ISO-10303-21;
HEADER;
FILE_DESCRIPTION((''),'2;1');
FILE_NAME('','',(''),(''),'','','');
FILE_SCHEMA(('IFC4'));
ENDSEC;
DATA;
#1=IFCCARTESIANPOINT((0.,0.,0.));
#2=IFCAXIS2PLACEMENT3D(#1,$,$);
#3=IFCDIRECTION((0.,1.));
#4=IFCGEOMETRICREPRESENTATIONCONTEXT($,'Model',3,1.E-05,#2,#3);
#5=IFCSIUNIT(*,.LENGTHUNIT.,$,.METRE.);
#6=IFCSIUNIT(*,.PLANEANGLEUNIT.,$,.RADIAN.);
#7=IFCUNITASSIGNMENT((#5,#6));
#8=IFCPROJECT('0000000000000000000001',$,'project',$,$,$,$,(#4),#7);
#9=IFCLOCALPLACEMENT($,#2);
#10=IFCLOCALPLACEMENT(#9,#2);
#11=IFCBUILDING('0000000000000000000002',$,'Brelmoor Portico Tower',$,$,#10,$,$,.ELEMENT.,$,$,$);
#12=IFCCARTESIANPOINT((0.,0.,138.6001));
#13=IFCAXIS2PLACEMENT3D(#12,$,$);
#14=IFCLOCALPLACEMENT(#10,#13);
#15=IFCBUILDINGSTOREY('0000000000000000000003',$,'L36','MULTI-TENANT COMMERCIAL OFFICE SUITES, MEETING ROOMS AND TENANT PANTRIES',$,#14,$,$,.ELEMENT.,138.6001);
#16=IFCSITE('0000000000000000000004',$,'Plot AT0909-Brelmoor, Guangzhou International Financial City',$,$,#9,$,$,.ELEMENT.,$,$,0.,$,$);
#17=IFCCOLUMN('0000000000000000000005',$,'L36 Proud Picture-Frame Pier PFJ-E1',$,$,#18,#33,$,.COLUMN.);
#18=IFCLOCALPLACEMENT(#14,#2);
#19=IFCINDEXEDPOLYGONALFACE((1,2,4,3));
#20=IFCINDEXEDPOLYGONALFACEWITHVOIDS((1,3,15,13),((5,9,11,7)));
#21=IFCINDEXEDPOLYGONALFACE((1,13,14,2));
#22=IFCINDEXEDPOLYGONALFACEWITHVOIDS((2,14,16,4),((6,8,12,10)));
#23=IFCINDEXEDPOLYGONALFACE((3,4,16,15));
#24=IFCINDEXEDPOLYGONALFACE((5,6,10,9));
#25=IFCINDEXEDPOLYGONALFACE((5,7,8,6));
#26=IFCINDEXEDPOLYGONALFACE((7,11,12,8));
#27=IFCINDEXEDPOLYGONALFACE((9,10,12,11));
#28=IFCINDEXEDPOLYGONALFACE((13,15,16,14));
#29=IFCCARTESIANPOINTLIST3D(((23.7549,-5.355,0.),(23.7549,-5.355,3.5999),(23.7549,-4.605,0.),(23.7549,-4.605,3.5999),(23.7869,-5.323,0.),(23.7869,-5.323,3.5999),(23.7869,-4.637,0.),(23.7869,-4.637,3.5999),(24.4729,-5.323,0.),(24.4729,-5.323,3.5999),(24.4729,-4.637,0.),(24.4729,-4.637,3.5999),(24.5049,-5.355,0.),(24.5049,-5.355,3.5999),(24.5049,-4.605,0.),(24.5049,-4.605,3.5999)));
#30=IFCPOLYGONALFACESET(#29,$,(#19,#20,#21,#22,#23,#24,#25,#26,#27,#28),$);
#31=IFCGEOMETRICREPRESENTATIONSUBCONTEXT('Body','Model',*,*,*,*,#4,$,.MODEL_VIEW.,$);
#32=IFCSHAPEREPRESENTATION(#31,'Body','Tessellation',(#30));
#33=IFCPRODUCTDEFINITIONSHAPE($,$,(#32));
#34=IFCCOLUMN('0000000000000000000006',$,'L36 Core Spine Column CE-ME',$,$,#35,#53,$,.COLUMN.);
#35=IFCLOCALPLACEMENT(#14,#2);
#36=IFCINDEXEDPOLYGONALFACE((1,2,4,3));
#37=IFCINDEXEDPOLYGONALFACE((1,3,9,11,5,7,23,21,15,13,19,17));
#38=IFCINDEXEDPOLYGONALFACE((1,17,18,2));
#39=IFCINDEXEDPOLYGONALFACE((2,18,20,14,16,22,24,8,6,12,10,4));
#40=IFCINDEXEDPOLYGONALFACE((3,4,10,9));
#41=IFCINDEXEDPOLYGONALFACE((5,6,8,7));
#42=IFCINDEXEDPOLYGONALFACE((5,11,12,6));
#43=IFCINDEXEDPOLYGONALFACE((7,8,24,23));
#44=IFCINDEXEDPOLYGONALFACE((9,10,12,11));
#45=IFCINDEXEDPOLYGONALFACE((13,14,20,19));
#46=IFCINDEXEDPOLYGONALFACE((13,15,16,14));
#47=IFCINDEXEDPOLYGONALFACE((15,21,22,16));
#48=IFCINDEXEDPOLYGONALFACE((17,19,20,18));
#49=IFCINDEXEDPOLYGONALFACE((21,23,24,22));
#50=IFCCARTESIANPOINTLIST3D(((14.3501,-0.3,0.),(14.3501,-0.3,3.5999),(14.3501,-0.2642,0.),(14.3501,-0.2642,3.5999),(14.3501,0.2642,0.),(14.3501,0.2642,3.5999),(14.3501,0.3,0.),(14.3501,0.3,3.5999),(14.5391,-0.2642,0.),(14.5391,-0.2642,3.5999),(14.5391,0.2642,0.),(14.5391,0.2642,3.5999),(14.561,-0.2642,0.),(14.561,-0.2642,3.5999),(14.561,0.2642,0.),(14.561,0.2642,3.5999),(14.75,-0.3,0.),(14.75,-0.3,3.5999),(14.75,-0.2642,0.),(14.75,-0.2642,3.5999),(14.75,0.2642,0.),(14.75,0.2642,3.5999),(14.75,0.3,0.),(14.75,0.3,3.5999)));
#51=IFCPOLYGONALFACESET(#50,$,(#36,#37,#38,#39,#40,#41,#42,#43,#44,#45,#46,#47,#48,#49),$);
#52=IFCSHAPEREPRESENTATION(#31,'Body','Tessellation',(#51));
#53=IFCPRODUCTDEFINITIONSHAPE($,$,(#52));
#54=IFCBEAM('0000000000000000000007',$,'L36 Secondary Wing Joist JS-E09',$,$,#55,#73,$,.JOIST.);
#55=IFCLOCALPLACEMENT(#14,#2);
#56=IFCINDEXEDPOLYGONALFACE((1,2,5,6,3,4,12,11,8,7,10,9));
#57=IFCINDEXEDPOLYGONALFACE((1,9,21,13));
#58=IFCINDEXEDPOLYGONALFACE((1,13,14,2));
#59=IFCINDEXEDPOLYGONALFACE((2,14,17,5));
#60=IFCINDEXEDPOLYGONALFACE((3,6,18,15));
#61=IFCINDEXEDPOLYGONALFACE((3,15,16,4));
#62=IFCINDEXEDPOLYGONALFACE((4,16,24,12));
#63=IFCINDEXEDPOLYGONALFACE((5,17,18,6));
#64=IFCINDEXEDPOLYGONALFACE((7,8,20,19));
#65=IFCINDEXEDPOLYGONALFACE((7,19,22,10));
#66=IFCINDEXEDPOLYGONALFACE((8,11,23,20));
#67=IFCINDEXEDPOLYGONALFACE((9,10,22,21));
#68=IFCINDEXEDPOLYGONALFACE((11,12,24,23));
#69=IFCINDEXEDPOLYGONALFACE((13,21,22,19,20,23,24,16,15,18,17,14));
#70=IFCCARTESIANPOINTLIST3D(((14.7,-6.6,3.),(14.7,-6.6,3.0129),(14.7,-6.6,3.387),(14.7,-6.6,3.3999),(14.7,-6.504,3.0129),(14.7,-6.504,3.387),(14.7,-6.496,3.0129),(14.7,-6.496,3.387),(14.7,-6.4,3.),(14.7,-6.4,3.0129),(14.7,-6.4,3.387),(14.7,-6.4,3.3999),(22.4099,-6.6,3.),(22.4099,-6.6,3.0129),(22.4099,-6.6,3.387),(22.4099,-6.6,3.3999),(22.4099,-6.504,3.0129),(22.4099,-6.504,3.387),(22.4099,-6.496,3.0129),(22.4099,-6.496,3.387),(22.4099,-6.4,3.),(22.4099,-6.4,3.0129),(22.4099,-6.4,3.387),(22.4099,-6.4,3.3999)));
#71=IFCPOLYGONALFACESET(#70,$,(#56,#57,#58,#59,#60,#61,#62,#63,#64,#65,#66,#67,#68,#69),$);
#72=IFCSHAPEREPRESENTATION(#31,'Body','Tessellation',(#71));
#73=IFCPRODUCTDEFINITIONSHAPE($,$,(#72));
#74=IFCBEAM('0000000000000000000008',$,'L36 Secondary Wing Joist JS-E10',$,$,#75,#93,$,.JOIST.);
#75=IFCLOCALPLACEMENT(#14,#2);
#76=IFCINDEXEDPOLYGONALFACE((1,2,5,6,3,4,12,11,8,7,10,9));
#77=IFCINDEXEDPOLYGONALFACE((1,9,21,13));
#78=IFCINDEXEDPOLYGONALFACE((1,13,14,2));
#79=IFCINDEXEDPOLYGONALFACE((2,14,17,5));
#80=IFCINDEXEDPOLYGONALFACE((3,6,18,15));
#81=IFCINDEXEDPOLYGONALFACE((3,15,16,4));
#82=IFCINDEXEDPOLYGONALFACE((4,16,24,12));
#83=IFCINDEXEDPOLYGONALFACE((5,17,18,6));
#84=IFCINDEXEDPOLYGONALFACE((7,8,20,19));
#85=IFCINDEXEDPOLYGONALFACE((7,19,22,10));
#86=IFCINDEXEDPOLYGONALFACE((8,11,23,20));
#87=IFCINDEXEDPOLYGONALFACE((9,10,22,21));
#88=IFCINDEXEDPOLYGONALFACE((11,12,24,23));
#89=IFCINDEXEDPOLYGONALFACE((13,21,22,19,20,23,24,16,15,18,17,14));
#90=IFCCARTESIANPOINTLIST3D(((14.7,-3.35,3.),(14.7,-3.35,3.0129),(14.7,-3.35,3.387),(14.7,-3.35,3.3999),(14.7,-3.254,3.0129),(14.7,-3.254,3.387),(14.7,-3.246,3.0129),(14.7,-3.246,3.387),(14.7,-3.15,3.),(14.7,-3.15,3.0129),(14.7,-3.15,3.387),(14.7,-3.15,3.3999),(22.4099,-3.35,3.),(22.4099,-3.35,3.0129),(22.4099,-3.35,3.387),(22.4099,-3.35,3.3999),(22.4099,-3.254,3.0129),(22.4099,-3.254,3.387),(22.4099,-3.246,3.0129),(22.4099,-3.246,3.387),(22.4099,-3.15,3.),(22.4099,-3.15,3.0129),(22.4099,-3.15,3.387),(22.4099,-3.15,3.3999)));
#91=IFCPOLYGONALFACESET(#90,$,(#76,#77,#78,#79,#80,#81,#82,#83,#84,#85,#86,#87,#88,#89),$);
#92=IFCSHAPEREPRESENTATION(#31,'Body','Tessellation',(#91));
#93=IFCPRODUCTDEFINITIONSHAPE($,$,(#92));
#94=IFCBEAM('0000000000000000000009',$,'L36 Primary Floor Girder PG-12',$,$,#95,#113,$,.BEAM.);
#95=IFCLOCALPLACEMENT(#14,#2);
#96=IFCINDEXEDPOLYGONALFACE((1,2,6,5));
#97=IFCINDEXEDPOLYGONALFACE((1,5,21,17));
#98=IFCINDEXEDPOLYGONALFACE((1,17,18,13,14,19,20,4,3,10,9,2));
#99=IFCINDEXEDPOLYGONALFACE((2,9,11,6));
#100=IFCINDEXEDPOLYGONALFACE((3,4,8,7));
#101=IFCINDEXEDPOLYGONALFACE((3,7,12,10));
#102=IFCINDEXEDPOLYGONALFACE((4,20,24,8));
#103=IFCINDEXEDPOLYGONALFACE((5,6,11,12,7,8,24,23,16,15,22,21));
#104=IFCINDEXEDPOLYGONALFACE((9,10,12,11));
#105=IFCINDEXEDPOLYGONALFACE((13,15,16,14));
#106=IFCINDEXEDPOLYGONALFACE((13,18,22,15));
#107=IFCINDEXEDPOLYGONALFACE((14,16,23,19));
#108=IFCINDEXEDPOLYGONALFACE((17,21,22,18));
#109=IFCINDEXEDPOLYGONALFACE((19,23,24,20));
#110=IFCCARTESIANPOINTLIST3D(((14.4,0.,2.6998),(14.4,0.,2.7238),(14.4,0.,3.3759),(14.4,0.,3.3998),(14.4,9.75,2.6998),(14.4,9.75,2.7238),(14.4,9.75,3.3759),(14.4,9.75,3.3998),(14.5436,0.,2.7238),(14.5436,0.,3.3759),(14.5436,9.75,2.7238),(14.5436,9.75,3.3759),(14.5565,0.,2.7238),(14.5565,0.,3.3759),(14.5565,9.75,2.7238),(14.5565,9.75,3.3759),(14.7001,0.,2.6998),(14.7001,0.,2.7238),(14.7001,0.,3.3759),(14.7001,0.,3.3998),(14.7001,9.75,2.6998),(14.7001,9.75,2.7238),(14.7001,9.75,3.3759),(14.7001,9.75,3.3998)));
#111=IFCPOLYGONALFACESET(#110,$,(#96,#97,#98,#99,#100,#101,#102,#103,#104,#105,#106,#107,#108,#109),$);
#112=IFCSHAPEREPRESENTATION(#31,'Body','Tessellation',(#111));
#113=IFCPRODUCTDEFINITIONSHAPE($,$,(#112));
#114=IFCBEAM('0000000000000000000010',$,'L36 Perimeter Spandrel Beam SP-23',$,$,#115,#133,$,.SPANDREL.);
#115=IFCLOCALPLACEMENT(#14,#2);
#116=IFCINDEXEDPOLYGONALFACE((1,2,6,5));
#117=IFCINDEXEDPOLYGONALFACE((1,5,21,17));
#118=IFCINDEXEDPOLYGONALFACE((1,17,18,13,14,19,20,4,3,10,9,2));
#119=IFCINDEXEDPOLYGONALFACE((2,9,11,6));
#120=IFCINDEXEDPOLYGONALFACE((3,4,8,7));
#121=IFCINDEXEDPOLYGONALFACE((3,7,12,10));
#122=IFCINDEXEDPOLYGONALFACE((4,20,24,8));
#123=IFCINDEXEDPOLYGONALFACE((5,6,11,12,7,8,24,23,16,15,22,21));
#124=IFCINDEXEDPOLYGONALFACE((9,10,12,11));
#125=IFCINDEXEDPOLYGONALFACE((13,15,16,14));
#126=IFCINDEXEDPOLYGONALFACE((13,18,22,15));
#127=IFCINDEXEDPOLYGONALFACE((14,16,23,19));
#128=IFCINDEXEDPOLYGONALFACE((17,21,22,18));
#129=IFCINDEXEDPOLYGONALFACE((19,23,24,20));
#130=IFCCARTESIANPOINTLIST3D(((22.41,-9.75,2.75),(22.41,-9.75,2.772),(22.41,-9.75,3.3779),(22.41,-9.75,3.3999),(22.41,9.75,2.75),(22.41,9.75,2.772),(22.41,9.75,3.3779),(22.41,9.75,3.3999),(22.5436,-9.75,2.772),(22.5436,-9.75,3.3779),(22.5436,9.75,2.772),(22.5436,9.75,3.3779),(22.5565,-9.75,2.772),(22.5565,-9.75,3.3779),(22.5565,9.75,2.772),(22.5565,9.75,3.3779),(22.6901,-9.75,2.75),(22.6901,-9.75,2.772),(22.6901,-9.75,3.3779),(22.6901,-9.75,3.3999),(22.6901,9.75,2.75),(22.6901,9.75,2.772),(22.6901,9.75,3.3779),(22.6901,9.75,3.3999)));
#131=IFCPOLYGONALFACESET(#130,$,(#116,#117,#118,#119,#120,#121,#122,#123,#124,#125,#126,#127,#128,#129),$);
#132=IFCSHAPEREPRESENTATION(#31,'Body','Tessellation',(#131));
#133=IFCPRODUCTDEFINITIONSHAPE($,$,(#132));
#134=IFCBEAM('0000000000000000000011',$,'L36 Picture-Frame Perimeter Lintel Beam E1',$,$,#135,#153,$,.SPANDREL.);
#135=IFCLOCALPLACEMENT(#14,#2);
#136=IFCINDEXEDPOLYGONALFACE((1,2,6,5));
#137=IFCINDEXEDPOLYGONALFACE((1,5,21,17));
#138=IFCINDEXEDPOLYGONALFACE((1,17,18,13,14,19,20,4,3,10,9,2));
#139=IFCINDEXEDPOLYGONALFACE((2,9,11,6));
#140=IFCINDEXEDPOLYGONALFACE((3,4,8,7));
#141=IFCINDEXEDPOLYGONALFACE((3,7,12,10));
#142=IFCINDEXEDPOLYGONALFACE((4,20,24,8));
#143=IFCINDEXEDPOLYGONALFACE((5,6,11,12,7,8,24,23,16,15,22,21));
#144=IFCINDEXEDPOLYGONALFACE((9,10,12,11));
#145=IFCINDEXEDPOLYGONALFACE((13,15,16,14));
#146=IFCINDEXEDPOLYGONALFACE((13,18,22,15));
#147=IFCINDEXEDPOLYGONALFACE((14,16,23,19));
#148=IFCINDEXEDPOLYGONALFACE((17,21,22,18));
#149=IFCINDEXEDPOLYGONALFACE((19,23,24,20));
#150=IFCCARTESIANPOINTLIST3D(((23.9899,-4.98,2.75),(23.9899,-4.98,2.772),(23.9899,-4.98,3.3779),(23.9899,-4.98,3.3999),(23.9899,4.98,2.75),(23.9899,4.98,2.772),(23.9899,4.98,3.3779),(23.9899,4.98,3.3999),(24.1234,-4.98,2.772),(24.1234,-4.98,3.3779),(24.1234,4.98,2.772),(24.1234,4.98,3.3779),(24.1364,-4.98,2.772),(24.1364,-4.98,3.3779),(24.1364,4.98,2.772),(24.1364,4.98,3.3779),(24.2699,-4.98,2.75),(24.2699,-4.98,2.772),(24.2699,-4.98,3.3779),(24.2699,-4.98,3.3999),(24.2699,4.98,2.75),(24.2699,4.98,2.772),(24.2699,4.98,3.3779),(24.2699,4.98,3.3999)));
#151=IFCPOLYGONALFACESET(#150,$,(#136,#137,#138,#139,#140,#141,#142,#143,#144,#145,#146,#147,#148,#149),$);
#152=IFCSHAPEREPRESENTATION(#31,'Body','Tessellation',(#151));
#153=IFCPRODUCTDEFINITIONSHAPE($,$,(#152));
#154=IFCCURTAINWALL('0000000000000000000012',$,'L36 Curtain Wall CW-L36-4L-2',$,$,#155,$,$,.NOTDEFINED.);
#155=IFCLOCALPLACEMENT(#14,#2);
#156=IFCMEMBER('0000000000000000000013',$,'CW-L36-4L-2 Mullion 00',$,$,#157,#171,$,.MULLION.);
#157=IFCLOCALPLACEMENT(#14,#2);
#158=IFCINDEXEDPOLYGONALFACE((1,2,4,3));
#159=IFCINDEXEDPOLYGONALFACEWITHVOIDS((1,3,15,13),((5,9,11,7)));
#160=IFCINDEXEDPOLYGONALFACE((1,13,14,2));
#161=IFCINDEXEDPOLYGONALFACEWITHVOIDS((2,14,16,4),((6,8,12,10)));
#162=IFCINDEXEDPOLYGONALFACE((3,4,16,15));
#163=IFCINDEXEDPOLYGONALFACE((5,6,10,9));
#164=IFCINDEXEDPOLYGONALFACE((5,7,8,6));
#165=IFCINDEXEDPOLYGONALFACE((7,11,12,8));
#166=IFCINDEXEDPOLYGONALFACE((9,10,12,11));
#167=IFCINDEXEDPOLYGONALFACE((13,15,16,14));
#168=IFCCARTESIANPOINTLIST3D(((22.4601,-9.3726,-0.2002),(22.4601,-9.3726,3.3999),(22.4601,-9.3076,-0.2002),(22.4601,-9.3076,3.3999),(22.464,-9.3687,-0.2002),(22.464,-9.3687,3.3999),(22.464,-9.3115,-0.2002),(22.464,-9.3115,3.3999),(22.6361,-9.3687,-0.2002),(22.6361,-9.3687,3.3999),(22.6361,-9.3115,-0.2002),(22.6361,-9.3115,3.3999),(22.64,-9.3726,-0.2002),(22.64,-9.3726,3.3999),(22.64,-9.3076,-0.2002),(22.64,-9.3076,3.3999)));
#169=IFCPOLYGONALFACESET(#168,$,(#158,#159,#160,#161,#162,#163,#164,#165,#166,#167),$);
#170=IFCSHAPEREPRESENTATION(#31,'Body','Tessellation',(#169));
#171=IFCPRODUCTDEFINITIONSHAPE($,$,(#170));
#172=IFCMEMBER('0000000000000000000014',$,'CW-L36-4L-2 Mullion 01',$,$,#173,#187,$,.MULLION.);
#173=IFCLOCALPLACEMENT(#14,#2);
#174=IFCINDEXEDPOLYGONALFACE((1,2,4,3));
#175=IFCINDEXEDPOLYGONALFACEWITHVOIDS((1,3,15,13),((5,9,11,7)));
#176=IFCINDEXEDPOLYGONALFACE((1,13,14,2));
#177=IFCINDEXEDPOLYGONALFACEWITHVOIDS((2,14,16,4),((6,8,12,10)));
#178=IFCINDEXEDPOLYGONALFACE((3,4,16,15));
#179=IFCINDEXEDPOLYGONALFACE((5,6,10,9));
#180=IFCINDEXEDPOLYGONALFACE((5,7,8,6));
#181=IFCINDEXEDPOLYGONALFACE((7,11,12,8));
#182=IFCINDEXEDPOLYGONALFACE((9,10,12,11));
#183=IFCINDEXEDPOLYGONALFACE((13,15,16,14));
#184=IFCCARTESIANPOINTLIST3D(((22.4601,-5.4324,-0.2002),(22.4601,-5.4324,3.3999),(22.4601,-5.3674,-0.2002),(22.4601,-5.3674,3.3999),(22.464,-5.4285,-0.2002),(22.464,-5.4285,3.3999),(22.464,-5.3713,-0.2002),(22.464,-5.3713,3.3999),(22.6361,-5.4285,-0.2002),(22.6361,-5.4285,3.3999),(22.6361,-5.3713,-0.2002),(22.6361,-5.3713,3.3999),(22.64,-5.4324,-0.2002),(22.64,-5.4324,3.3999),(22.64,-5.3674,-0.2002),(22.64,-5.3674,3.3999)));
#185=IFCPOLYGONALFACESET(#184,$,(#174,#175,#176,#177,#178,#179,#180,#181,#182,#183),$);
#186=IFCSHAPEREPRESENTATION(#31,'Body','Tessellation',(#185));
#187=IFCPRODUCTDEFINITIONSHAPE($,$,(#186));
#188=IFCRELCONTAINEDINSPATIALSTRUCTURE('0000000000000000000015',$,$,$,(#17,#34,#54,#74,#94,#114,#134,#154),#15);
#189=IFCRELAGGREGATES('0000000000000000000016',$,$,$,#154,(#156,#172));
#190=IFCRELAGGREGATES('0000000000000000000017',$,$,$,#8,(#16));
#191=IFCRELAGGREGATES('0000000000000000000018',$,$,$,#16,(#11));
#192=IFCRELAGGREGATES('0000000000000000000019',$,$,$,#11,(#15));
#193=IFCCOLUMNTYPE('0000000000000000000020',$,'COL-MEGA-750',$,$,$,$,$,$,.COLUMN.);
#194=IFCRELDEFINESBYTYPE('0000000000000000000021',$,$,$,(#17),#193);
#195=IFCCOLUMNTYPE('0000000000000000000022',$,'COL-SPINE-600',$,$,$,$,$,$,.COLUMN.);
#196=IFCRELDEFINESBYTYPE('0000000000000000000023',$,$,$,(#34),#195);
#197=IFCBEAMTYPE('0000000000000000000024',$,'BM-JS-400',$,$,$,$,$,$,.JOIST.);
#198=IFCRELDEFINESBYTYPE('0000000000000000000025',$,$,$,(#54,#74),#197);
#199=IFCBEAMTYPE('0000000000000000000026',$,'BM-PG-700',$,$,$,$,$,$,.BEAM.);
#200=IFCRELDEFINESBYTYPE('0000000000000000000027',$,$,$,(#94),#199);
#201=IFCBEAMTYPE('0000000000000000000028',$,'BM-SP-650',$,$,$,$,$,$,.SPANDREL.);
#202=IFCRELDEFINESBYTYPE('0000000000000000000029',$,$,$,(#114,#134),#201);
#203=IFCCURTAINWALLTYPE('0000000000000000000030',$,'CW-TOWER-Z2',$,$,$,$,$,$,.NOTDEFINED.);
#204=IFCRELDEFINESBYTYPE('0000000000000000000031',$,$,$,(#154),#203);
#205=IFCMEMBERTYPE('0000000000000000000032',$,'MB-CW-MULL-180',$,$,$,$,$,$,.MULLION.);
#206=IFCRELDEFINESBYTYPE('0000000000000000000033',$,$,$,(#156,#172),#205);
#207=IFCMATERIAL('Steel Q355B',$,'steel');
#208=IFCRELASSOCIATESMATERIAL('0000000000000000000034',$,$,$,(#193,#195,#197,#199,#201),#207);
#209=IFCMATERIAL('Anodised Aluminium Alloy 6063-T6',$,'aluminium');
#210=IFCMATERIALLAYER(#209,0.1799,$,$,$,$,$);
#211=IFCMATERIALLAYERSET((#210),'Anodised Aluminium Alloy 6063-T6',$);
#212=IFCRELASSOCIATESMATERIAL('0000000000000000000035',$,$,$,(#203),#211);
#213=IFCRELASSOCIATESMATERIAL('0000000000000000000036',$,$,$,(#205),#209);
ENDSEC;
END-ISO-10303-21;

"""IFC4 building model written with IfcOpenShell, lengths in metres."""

from ifc_helpers import new_model, si_unit, direction, frame, origin, origin_2d, place, context, subcontext, project, spatial, hollow_rectangle, i_section, extrude, material, layer, layer_set, material_profile, profile_set, type_object, element, aggregate, save


model = new_model("IFC4")

# Units and contexts
model_context = context("Model", 3, precision=1e-05, world=origin(), true_north=direction((0.0, 1.0)))
body_context = subcontext(model_context, "Body", "Model", "MODEL_VIEW")
ifc_project = project(units=[si_unit("LENGTHUNIT", "METRE"), si_unit("PLANEANGLEUNIT", "RADIAN")], contexts=[model_context])

# Site, building, storey
site_placement = place(None, origin())
site = spatial("IfcSite", under=ifc_project, at=site_placement, Name="Plot AT0909-Brelmoor, Guangzhou International Financial City", CompositionType="ELEMENT", RefElevation=0.0)
building_placement = place(site_placement, origin())
building = spatial("IfcBuilding", under=site, at=building_placement, Name="Brelmoor Portico Tower", CompositionType="ELEMENT")
storey_placement = place(building_placement, frame((0.0, 0.0, 138.6001)))
storey = spatial("IfcBuildingStorey", under=building, at=storey_placement, Name="L36", Description="MULTI-TENANT COMMERCIAL OFFICE SUITES, MEETING ROOMS AND TENANT PANTRIES", CompositionType="ELEMENT", Elevation=138.6001)

# Columns
ifc_material_1 = material(Name="Steel Q355B", Category="steel")
ifc_material_profile_1 = material_profile(ifc_material_1, hollow_rectangle(XDim=0.75, YDim=0.75, WallThickness=0.032, at=origin_2d()), Name="BOX 750x750x32")
ifc_profile_set_1 = profile_set([ifc_material_profile_1], Name="Steel Q355B")
column_type_1 = type_object("IfcColumnType", Name="COL-MEGA-750", PredefinedType="COLUMN", material=ifc_profile_set_1)
column_1_placement = place(storey_placement, frame((24.1299, -4.98, 0.0), z_axis=(0.0, 0.0, 1.0), x_axis=(0.0, 1.0, 0.0)))
element("IfcColumn", 1, at=column_1_placement, inside=storey, type_object=column_type_1, Name="L36 Proud Picture-Frame Pier PFJ-E1", PredefinedType="COLUMN", context=body_context, shape_type="SweptSolid", body=[
    extrude(hollow_rectangle(XDim=0.75, YDim=0.75, WallThickness=0.032, at=origin_2d()), origin(), (0.0, 0.0, 1.0), 3.5999),
])
ifc_material_profile_2 = material_profile(ifc_material_1, i_section(OverallWidth=0.3999, OverallDepth=0.6001, WebThickness=0.022, FlangeThickness=0.0359, at=origin_2d()), Name="HW 600x400x22x36")
ifc_profile_set_2 = profile_set([ifc_material_profile_2], Name="Steel Q355B")
column_type_2 = type_object("IfcColumnType", Name="COL-SPINE-600", PredefinedType="COLUMN", material=ifc_profile_set_2)
column_2_placement = place(storey_placement, frame((14.55, 0.0, 0.0), z_axis=(0.0, 0.0, 1.0), x_axis=(1.0, 0.0, 0.0)))
element("IfcColumn", 2, at=column_2_placement, inside=storey, type_object=column_type_2, Name="L36 Core Spine Column CE-ME", PredefinedType="COLUMN", context=body_context, shape_type="SweptSolid", body=[
    extrude(i_section(OverallWidth=0.3999, OverallDepth=0.6001, WebThickness=0.022, FlangeThickness=0.0359, at=origin_2d()), origin(), (0.0, 0.0, 1.0), 3.5999),
])

# Beams
ifc_material_profile_3 = material_profile(ifc_material_1, i_section(OverallWidth=0.2, OverallDepth=0.3999, WebThickness=0.0081, FlangeThickness=0.0129, at=origin_2d()), Name="HN 400x200x8x13")
ifc_profile_set_3 = profile_set([ifc_material_profile_3], Name="Steel Q355B")
beam_type_1 = type_object("IfcBeamType", Name="BM-JS-400", PredefinedType="JOIST", material=ifc_profile_set_3)
for number, where, z_axis, x_axis, name in (
    (3, (14.7, -6.5, 3.2), (1.0, 0.0, 0.0), (0.0, 1.0, 0.0), "L36 Secondary Wing Joist JS-E09"),
    (4, (14.7, -3.25, 3.2), (1.0, 0.0, 0.0), (0.0, 1.0, 0.0), "L36 Secondary Wing Joist JS-E10"),
):
    element("IfcBeam", number, at=place(storey_placement, frame(where, z_axis=z_axis, x_axis=x_axis)), inside=storey, type_object=beam_type_1, Name=name, PredefinedType="JOIST", context=body_context, shape_type="SweptSolid", body=[
        extrude(i_section(OverallWidth=0.2, OverallDepth=0.3999, WebThickness=0.0081, FlangeThickness=0.0129, at=origin_2d()), origin(), (0.0, 0.0, 1.0), 7.71),
    ])
ifc_material_profile_4 = material_profile(ifc_material_1, i_section(OverallWidth=0.3, OverallDepth=0.7, WebThickness=0.0129, FlangeThickness=0.0239, at=origin_2d()), Name="HN 700x300x13x24")
ifc_profile_set_4 = profile_set([ifc_material_profile_4], Name="Steel Q355B")
beam_type_2 = type_object("IfcBeamType", Name="BM-PG-700", PredefinedType="BEAM", material=ifc_profile_set_4)
beam_1_placement = place(storey_placement, frame((14.55, 0.0, 3.0498), z_axis=(0.0, 1.0, 0.0), x_axis=(-1.0, 0.0, 0.0)))
element("IfcBeam", 5, at=beam_1_placement, inside=storey, type_object=beam_type_2, Name="L36 Primary Floor Girder PG-12", PredefinedType="BEAM", context=body_context, shape_type="SweptSolid", body=[
    extrude(i_section(OverallWidth=0.3, OverallDepth=0.7, WebThickness=0.0129, FlangeThickness=0.0239, at=origin_2d()), origin(), (0.0, 0.0, 1.0), 9.75),
])
ifc_material_profile_5 = material_profile(ifc_material_1, i_section(OverallWidth=0.28, OverallDepth=0.6499, WebThickness=0.0129, FlangeThickness=0.022, at=origin_2d()), Name="HN 650x280x13x22")
ifc_profile_set_5 = profile_set([ifc_material_profile_5], Name="Steel Q355B")
beam_type_3 = type_object("IfcBeamType", Name="BM-SP-650", PredefinedType="SPANDREL", material=ifc_profile_set_5)
beam_2_placement = place(storey_placement, frame((22.55, -9.75, 3.075), z_axis=(0.0, 1.0, 0.0), x_axis=(-1.0, 0.0, 0.0)))
element("IfcBeam", 6, at=beam_2_placement, inside=storey, type_object=beam_type_3, Name="L36 Perimeter Spandrel Beam SP-23", PredefinedType="SPANDREL", context=body_context, shape_type="SweptSolid", body=[
    extrude(i_section(OverallWidth=0.28, OverallDepth=0.6499, WebThickness=0.0129, FlangeThickness=0.022, at=origin_2d()), origin(), (0.0, 0.0, 1.0), 19.5),
])
beam_3_placement = place(storey_placement, frame((24.1299, -4.98, 3.075), z_axis=(0.0, 1.0, 0.0), x_axis=(-1.0, 0.0, 0.0)))
element("IfcBeam", 7, at=beam_3_placement, inside=storey, type_object=beam_type_3, Name="L36 Picture-Frame Perimeter Lintel Beam E1", PredefinedType="SPANDREL", context=body_context, shape_type="SweptSolid", body=[
    extrude(i_section(OverallWidth=0.28, OverallDepth=0.6499, WebThickness=0.0129, FlangeThickness=0.022, at=origin_2d()), origin(), (0.0, 0.0, 1.0), 9.96),
])

# Curtain wall, members
ifc_material_2 = material(Name="Anodised Aluminium Alloy 6063-T6", Category="aluminium")
ifc_layer_1 = layer(ifc_material_2, 0.1799)
ifc_layer_set_1 = layer_set([ifc_layer_1], Name="Anodised Aluminium Alloy 6063-T6")
curtain_wall_type = type_object("IfcCurtainWallType", Name="CW-TOWER-Z2", PredefinedType="NOTDEFINED", material=ifc_layer_set_1)
curtain_wall_placement = place(storey_placement, origin())
curtain_wall = element("IfcCurtainWall", 8, at=curtain_wall_placement, inside=storey, type_object=curtain_wall_type, Name="L36 Curtain Wall CW-L36-4L-2", PredefinedType="NOTDEFINED")
ifc_material_profile_6 = material_profile(ifc_material_2, hollow_rectangle(XDim=0.0649, YDim=0.1799, WallThickness=0.0039, at=origin_2d()), Name="ALU MULLION 65x180")
ifc_profile_set_6 = profile_set([ifc_material_profile_6], Name="Anodised Aluminium Alloy 6063-T6")
member_type_1 = type_object("IfcMemberType", Name="MB-CW-MULL-180", PredefinedType="MULLION", material=ifc_profile_set_6)
member_1_placement = place(storey_placement, frame((22.55, -9.3401, -0.2002), z_axis=(0.0, 0.0, 1.0), x_axis=(0.0, 1.0, 0.0)))
member_1 = element("IfcMember", 9, at=member_1_placement, type_object=member_type_1, Name="CW-L36-4L-2 Mullion 00", PredefinedType="MULLION", context=body_context, shape_type="SweptSolid", body=[
    extrude(hollow_rectangle(XDim=0.0649, YDim=0.1799, WallThickness=0.0039, at=origin_2d()), origin(), (0.0, 0.0, 1.0), 3.6001),
])
member_2_placement = place(storey_placement, frame((22.55, -5.3999, -0.2002), z_axis=(0.0, 0.0, 1.0), x_axis=(0.0, 1.0, 0.0)))
member_2 = element("IfcMember", 10, at=member_2_placement, type_object=member_type_1, Name="CW-L36-4L-2 Mullion 01", PredefinedType="MULLION", context=body_context, shape_type="SweptSolid", body=[
    extrude(hollow_rectangle(XDim=0.0649, YDim=0.1799, WallThickness=0.0039, at=origin_2d()), origin(), (0.0, 0.0, 1.0), 3.6001),
])

aggregate(curtain_wall, [member_1, member_2])

save(model, "model.ifc")
